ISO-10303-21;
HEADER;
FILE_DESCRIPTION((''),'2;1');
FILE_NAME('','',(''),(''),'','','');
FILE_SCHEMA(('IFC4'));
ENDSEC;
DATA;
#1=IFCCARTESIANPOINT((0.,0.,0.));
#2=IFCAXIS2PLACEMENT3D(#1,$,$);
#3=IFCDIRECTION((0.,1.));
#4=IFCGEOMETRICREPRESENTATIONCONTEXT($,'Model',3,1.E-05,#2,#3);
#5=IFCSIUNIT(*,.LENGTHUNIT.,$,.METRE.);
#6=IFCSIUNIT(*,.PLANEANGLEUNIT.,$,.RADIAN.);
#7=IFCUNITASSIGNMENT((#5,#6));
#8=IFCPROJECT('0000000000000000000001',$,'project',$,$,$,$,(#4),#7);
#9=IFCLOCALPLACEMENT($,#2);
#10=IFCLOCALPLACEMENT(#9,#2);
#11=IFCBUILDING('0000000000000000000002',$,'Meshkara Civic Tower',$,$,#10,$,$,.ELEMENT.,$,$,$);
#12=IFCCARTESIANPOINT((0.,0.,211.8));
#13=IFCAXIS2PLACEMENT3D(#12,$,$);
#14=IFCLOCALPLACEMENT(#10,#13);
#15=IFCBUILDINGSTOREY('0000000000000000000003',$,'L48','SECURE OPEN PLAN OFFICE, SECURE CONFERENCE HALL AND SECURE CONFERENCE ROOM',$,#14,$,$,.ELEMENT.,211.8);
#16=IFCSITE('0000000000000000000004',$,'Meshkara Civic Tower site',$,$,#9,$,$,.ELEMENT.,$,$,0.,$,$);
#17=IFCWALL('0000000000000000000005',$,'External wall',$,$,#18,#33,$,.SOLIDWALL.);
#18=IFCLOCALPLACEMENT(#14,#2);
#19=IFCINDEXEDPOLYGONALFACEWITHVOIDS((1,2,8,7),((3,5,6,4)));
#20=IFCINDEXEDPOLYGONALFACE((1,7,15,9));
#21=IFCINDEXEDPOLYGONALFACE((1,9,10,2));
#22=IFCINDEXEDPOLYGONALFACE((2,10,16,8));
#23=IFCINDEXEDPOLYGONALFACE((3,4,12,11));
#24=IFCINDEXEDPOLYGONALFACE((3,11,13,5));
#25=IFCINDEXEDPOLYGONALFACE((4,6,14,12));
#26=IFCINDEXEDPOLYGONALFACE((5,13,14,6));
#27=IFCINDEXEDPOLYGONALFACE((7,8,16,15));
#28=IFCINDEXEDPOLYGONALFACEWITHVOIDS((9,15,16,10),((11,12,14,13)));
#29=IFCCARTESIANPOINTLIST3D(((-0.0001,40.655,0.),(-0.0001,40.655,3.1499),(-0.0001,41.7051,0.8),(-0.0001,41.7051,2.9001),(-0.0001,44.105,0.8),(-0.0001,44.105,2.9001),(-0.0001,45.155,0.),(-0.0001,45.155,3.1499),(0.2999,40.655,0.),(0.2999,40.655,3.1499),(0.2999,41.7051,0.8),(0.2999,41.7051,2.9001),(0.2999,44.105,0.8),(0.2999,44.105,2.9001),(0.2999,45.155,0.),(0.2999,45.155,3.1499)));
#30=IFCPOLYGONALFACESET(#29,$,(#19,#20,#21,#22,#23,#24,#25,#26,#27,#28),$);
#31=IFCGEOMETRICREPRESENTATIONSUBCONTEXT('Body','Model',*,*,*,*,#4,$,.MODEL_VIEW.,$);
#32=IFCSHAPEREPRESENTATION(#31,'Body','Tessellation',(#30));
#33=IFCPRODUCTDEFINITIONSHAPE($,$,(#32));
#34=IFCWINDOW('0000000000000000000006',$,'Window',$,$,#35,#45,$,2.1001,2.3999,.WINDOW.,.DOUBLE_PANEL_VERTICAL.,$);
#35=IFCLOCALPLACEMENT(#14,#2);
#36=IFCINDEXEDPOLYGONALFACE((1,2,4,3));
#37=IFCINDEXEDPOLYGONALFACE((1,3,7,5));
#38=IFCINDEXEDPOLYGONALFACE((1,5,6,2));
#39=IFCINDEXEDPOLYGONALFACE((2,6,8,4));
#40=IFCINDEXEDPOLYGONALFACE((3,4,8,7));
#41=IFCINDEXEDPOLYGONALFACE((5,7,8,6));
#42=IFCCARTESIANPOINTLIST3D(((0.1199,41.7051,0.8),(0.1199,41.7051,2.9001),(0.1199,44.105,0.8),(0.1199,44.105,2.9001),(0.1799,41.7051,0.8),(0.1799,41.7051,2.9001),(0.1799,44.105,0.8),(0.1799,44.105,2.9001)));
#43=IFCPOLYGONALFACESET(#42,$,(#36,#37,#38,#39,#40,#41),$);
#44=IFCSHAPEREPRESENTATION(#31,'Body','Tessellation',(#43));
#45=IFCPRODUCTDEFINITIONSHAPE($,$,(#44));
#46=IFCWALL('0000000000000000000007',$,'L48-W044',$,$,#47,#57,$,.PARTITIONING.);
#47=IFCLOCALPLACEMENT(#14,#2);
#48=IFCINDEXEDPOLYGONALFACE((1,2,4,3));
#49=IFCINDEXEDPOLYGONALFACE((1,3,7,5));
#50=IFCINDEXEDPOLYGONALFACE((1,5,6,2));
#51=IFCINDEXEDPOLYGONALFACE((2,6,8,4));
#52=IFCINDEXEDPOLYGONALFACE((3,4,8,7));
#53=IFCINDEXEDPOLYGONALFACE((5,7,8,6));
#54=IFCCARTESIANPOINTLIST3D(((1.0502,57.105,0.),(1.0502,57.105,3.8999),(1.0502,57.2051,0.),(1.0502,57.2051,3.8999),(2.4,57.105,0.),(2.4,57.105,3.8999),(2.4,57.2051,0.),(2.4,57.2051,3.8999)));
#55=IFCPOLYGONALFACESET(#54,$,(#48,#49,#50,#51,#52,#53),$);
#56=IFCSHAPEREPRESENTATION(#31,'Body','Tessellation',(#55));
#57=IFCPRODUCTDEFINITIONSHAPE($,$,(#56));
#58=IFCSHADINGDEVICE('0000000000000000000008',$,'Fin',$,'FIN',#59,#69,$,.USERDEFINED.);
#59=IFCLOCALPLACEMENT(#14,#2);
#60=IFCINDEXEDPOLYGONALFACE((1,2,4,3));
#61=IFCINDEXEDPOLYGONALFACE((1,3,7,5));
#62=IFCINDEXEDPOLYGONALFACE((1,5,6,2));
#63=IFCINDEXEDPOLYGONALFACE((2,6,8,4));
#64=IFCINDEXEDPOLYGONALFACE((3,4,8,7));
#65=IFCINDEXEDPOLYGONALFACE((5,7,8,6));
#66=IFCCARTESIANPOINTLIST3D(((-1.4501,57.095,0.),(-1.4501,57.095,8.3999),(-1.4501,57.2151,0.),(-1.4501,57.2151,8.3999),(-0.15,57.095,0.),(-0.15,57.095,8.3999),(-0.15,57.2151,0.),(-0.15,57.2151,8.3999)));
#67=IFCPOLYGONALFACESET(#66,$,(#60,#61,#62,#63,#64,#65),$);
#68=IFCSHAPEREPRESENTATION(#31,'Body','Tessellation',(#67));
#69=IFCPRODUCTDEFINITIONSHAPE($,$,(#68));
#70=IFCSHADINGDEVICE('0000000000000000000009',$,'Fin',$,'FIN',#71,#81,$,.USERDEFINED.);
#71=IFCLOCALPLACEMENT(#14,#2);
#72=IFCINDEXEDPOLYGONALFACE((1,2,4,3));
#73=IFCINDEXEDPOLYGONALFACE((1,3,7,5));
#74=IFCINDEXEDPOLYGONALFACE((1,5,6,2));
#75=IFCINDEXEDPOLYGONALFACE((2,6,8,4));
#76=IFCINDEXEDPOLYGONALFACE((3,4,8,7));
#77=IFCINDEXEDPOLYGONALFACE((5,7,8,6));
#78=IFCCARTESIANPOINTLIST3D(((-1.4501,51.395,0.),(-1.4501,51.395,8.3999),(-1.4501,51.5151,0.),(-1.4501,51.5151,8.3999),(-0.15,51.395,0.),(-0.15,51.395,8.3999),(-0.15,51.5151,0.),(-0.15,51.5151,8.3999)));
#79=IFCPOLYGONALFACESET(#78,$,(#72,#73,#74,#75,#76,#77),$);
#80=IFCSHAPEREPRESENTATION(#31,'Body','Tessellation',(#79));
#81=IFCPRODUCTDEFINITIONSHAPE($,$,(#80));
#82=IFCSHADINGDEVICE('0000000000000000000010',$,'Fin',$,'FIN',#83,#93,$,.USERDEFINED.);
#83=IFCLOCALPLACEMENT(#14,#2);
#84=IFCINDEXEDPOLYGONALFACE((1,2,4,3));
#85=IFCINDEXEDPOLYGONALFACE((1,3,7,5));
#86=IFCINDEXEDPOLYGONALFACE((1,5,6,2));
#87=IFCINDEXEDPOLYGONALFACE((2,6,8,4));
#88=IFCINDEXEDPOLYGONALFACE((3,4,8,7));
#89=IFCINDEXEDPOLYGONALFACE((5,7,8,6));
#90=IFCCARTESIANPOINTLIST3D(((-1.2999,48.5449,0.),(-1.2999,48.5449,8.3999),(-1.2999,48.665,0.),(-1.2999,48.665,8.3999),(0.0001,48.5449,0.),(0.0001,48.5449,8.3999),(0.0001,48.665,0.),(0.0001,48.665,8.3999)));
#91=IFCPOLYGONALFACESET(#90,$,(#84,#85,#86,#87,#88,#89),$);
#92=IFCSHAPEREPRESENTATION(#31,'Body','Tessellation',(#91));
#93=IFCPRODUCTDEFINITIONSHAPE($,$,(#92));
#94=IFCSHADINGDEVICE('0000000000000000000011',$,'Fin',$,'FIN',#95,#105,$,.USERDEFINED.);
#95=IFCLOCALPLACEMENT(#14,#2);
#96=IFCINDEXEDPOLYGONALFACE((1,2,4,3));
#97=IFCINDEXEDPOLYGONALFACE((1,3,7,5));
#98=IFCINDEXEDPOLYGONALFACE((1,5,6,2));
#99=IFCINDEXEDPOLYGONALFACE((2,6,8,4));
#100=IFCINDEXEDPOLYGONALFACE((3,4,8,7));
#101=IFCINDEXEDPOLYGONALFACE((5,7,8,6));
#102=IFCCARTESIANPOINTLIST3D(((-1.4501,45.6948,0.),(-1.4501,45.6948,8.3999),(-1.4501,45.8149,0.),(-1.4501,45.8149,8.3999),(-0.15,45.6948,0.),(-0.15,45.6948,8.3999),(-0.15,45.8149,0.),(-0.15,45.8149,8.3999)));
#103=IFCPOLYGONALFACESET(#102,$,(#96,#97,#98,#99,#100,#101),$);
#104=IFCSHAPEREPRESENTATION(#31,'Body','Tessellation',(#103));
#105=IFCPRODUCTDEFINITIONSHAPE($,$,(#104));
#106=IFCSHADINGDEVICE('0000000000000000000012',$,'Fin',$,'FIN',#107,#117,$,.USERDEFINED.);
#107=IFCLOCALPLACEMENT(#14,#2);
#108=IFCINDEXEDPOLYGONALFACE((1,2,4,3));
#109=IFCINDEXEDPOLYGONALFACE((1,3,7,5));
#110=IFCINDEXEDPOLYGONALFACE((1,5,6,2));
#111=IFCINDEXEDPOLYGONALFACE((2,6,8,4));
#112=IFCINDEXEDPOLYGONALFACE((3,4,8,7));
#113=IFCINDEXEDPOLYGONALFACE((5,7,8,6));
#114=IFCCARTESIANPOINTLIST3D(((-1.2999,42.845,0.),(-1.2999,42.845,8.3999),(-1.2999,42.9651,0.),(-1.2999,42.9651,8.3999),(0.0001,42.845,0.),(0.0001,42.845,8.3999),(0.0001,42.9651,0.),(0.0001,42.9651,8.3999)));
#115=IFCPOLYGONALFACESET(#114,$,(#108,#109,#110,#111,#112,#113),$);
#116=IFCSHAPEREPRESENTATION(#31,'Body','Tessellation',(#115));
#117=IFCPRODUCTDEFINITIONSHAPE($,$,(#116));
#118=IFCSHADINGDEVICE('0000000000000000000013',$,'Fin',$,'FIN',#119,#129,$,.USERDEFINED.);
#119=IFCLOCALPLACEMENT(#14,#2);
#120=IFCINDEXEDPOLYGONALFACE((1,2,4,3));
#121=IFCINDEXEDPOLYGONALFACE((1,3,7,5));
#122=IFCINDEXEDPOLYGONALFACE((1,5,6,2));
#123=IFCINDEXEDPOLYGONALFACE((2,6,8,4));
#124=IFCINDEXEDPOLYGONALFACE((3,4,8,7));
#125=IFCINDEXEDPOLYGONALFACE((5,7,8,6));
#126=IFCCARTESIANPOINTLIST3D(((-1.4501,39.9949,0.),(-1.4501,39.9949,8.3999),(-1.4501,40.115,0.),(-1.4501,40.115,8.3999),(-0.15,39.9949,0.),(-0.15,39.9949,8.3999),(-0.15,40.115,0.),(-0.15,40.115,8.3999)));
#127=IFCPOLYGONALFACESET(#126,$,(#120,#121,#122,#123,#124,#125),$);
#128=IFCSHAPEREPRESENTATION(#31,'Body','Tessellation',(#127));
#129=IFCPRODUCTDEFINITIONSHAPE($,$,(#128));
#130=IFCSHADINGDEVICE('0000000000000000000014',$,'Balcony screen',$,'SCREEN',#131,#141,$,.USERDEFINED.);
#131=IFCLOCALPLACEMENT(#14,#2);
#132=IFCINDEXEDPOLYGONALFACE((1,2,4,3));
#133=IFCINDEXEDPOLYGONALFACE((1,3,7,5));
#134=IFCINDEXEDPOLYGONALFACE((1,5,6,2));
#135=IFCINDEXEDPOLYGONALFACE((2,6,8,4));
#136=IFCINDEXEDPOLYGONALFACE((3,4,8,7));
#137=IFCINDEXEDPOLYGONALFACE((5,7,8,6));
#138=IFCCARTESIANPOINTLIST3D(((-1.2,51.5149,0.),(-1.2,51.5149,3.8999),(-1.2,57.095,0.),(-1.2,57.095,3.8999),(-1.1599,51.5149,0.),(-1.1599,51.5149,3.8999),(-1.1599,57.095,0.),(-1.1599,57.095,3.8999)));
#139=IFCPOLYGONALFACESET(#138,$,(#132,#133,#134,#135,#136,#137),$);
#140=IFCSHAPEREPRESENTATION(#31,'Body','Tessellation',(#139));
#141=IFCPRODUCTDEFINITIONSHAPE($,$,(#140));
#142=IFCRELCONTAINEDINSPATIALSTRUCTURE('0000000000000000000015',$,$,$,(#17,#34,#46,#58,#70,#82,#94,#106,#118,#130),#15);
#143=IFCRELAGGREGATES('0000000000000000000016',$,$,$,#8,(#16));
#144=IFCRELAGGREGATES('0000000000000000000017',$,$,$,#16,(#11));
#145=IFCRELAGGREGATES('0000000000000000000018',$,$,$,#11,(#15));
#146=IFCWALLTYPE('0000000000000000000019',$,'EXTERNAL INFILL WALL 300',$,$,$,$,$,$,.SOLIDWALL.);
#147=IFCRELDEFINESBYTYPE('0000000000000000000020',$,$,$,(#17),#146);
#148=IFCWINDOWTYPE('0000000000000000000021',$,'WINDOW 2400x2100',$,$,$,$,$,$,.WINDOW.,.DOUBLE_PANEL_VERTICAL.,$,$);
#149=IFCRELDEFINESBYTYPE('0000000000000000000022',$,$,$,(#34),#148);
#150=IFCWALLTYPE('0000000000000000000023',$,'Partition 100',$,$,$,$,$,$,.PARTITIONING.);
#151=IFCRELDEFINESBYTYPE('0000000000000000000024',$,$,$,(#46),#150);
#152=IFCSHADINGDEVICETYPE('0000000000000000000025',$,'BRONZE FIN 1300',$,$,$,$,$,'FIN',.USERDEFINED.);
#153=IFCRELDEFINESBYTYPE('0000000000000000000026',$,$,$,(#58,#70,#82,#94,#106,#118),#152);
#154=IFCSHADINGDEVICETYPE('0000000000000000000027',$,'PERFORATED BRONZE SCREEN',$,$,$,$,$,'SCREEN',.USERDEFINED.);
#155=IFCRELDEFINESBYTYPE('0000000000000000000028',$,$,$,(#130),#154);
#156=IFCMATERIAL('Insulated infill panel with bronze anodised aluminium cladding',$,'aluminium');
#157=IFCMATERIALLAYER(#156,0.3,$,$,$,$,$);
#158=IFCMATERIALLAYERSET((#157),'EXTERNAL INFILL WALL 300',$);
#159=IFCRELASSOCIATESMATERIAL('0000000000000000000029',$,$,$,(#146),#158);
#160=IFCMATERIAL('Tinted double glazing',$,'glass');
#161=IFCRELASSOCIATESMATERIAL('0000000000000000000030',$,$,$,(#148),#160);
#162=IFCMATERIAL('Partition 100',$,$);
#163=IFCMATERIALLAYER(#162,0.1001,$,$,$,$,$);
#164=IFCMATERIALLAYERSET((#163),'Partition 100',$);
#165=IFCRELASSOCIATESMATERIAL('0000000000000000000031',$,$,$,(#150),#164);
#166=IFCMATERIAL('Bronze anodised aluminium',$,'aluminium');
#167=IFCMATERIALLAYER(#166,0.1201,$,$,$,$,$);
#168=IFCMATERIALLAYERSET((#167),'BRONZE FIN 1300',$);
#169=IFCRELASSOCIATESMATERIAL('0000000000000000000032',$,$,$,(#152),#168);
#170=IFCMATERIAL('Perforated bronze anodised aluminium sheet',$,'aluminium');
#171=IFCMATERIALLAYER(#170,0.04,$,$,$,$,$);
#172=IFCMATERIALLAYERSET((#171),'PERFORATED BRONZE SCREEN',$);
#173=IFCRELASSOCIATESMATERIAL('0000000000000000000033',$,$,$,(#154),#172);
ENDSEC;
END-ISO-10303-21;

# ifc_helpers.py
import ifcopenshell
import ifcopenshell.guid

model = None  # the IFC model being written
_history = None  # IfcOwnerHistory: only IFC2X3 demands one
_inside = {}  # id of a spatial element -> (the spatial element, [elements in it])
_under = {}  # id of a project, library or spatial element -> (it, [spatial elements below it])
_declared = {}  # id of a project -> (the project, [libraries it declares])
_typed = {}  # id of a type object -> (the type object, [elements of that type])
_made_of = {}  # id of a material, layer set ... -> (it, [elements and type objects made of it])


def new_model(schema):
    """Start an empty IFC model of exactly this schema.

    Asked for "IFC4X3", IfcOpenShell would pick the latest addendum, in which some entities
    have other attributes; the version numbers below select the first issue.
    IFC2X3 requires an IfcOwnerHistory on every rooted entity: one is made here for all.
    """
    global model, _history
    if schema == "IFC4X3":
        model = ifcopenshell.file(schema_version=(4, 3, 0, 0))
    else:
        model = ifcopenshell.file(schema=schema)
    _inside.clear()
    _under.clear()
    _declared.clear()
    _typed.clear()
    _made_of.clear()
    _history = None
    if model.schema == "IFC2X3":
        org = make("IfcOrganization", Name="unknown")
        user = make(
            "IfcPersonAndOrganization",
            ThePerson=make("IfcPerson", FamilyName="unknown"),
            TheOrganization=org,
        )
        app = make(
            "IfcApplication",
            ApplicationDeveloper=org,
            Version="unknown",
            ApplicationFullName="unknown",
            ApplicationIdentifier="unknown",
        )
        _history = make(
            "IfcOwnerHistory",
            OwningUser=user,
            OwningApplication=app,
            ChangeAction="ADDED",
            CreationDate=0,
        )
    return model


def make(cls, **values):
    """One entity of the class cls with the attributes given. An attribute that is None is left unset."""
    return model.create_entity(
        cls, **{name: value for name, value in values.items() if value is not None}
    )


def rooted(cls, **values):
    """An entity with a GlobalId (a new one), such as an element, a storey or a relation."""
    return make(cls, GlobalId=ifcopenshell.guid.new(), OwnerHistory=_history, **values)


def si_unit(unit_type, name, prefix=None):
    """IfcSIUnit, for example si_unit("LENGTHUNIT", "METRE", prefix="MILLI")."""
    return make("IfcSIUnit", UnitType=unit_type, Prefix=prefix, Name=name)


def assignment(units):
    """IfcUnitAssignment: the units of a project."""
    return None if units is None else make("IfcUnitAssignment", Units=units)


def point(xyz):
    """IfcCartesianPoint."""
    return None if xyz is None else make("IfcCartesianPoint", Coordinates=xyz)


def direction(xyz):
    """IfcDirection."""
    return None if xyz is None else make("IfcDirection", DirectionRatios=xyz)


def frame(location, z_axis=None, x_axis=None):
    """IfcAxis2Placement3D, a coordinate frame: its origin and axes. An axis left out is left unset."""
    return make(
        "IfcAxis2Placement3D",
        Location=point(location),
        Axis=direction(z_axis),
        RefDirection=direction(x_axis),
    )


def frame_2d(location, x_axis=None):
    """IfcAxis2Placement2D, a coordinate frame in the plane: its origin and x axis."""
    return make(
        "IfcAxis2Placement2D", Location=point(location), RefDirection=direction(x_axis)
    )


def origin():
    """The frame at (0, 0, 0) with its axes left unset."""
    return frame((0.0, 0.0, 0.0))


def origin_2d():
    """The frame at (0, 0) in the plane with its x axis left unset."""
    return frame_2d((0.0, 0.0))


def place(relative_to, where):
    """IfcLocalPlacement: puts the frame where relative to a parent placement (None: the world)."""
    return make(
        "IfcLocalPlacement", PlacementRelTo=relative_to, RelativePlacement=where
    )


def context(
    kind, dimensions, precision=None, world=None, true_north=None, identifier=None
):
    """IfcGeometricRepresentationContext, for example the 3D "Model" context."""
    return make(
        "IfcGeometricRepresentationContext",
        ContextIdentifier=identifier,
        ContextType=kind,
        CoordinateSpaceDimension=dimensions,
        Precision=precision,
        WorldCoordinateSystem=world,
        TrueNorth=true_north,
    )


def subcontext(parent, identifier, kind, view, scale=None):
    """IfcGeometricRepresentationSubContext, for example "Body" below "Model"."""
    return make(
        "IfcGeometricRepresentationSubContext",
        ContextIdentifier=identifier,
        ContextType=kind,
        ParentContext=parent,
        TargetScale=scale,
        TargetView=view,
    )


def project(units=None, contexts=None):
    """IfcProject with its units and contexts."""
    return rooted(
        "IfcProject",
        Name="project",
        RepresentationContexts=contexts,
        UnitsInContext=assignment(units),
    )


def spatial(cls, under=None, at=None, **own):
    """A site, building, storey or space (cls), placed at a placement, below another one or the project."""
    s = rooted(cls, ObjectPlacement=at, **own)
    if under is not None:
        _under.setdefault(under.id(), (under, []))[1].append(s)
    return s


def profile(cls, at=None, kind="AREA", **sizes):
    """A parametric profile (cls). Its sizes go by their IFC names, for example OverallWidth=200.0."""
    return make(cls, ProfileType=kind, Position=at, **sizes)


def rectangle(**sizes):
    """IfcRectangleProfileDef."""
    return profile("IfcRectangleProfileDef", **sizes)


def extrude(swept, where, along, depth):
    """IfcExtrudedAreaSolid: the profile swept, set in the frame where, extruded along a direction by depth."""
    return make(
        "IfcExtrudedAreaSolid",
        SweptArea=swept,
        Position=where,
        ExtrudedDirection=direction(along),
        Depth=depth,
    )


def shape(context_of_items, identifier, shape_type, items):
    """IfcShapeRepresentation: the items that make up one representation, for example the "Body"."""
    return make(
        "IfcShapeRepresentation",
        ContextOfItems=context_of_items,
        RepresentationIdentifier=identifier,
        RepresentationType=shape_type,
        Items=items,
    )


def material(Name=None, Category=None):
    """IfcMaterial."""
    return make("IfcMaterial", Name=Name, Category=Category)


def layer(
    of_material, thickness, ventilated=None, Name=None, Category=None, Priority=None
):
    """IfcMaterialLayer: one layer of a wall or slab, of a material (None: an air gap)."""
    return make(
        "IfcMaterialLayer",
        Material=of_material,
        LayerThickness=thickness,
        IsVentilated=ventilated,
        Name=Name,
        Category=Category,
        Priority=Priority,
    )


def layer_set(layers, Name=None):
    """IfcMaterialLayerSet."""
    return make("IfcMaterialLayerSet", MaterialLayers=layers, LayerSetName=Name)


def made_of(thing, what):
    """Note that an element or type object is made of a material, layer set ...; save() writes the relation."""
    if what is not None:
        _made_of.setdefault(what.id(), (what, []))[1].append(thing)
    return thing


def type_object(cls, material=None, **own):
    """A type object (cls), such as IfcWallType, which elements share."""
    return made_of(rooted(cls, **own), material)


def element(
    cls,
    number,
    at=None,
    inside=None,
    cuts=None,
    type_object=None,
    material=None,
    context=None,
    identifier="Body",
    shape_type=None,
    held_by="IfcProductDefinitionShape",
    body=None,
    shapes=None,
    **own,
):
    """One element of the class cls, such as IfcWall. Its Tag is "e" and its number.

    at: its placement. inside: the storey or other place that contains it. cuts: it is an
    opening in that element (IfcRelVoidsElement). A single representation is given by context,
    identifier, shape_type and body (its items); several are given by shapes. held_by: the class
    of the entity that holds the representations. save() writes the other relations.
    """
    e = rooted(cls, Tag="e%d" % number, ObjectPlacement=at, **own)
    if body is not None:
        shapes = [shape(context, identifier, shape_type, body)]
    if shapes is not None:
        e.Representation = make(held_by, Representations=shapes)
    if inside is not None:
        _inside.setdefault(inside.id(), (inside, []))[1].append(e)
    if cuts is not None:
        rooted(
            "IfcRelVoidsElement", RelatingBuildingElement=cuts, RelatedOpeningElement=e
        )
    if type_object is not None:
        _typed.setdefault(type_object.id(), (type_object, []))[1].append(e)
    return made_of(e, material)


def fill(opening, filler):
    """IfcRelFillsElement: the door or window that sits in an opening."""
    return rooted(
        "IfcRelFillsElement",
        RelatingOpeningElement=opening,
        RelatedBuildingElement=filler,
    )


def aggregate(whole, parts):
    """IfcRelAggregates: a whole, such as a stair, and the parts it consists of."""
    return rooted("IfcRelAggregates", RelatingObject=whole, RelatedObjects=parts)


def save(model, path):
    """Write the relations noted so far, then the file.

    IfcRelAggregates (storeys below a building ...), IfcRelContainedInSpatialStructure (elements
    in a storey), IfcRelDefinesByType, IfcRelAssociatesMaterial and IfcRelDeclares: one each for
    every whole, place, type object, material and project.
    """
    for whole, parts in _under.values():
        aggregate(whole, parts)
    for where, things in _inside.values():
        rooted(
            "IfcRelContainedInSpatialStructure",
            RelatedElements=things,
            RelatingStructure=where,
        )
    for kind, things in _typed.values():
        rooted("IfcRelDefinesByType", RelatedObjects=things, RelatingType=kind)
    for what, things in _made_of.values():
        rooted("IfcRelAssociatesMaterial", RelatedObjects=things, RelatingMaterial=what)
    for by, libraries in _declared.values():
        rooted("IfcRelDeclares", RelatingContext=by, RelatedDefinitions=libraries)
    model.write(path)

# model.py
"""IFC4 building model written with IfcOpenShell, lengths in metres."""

from ifc_helpers import new_model, si_unit, direction, frame, frame_2d, origin, origin_2d, place, context, subcontext, project, spatial, rectangle, extrude, material, layer, layer_set, type_object, element, fill, save


model = new_model("IFC4")

# Units and contexts
model_context = context("Model", 3, precision=1e-05, world=origin(), true_north=direction((0.0, 1.0)))
body_context = subcontext(model_context, "Body", "Model", "MODEL_VIEW")
ifc_project = project(units=[si_unit("LENGTHUNIT", "METRE"), si_unit("PLANEANGLEUNIT", "RADIAN")], contexts=[model_context])

# Site, building, storey
site_placement = place(None, origin())
site = spatial("IfcSite", under=ifc_project, at=site_placement, Name="Meshkara Civic Tower site", CompositionType="ELEMENT", RefElevation=0.0)
building_placement = place(site_placement, origin())
building = spatial("IfcBuilding", under=site, at=building_placement, Name="Meshkara Civic Tower", CompositionType="ELEMENT")
storey_placement = place(building_placement, frame((0.0, 0.0, 211.8)))
storey = spatial("IfcBuildingStorey", under=building, at=storey_placement, Name="L48", Description="SECURE OPEN PLAN OFFICE, SECURE CONFERENCE HALL AND SECURE CONFERENCE ROOM", CompositionType="ELEMENT", Elevation=211.8)

# Wall, opening, window
ifc_material_1 = material(Name="Insulated infill panel with bronze anodised aluminium cladding", Category="aluminium")
ifc_layer_1 = layer(ifc_material_1, 0.3)
ifc_layer_set_1 = layer_set([ifc_layer_1], Name="EXTERNAL INFILL WALL 300")
wall_type_1 = type_object("IfcWallType", Name="EXTERNAL INFILL WALL 300", PredefinedType="SOLIDWALL", material=ifc_layer_set_1)
ifc_material_2 = material(Name="Tinted double glazing", Category="glass")
window_type = type_object("IfcWindowType", Name="WINDOW 2400x2100", PartitioningType="DOUBLE_PANEL_VERTICAL", PredefinedType="WINDOW", material=ifc_material_2)
wall_1_placement = place(storey_placement, frame((0.1499, 45.155, 0.0), z_axis=(0.0, 0.0, 1.0), x_axis=(0.0, -1.0, 0.0)))
wall_1 = element("IfcWall", 1, at=wall_1_placement, inside=storey, type_object=wall_type_1, Name="External wall", PredefinedType="SOLIDWALL", context=body_context, shape_type="SweptSolid", body=[
    extrude(rectangle(XDim=4.5, YDim=0.3, at=frame_2d((2.25, 0.0))), origin(), (0.0, 0.0, 1.0), 3.1499),
])
opening_1_placement = place(wall_1_placement, frame((1.05, 0.0, 0.8)))
opening_1 = element("IfcOpeningElement", 2, at=opening_1_placement, cuts=wall_1, PredefinedType="OPENING", context=body_context, shape_type="SweptSolid", body=[
    extrude(rectangle(XDim=2.3999, YDim=2.1001, at=frame_2d((1.2, 1.05))), frame((0.0, 0.1599, 0.0), z_axis=(0.0, -1.0, 0.0), x_axis=(1.0, 0.0, 0.0)), (0.0, 0.0, 1.0), 0.3201),
])
window_1_placement = place(opening_1_placement, origin())
window_1 = element("IfcWindow", 3, at=window_1_placement, inside=storey, type_object=window_type, Name="Window", OverallHeight=2.1001, OverallWidth=2.3999, PartitioningType="DOUBLE_PANEL_VERTICAL", PredefinedType="WINDOW", context=body_context, shape_type="SweptSolid", body=[
    extrude(rectangle(XDim=2.3999, YDim=2.1001, at=frame_2d((1.2, 1.05))), frame((0.0, 0.03, 0.0), z_axis=(0.0, -1.0, 0.0), x_axis=(1.0, 0.0, 0.0)), (0.0, 0.0, 1.0), 0.0601),
])
fill(opening_1, window_1)

# Wall
ifc_material_3 = material(Name="Partition 100")
ifc_layer_2 = layer(ifc_material_3, 0.1001)
ifc_layer_set_2 = layer_set([ifc_layer_2], Name="Partition 100")
wall_type_2 = type_object("IfcWallType", Name="Partition 100", PredefinedType="PARTITIONING", material=ifc_layer_set_2)
wall_2_placement = place(storey_placement, frame((2.3999, 57.155, 0.0), z_axis=(0.0, 0.0, 1.0), x_axis=(-1.0, 0.0, 0.0)))
element("IfcWall", 4, at=wall_2_placement, inside=storey, type_object=wall_type_2, Name="L48-W044", PredefinedType="PARTITIONING", context=body_context, shape_type="SweptSolid", body=[
    extrude(rectangle(XDim=1.3499, YDim=0.1001, at=frame_2d((0.6748, 0.0))), origin(), (0.0, 0.0, 1.0), 3.8999),
])

# Shading devices
ifc_material_4 = material(Name="Bronze anodised aluminium", Category="aluminium")
ifc_layer_3 = layer(ifc_material_4, 0.1201)
ifc_layer_set_3 = layer_set([ifc_layer_3], Name="BRONZE FIN 1300")
shading_device_type_1 = type_object("IfcShadingDeviceType", Name="BRONZE FIN 1300", ElementType="FIN", PredefinedType="USERDEFINED", material=ifc_layer_set_3)
for number, where, z_axis, x_axis, name in (
    (5, (-0.8, 57.155, 0.0), (0.0, 0.0, 1.0), (0.0, -1.0, 0.0), "Fin"),
    (6, (-0.8, 51.4551, 0.0), (0.0, 0.0, 1.0), (0.0, -1.0, 0.0), "Fin"),
    (7, (-0.6499, 48.605, 0.0), (0.0, 0.0, 1.0), (0.0, -1.0, 0.0), "Fin"),
    (8, (-0.8, 45.7549, 0.0), (0.0, 0.0, 1.0), (0.0, -1.0, 0.0), "Fin"),
    (9, (-0.6499, 42.905, 0.0), (0.0, 0.0, 1.0), (0.0, -1.0, 0.0), "Fin"),
    (10, (-0.8, 40.0549, 0.0), (0.0, 0.0, 1.0), (0.0, -1.0, 0.0), "Fin"),
):
    element("IfcShadingDevice", number, at=place(storey_placement, frame(where, z_axis=z_axis, x_axis=x_axis)), inside=storey, type_object=shading_device_type_1, Name=name, ObjectType="FIN", PredefinedType="USERDEFINED", context=body_context, shape_type="SweptSolid", body=[
        extrude(rectangle(XDim=0.1201, YDim=1.3, at=origin_2d()), origin(), (0.0, 0.0, 1.0), 8.3999),
    ])
ifc_material_5 = material(Name="Perforated bronze anodised aluminium sheet", Category="aluminium")
ifc_layer_4 = layer(ifc_material_5, 0.04)
ifc_layer_set_4 = layer_set([ifc_layer_4], Name="PERFORATED BRONZE SCREEN")
shading_device_type_2 = type_object("IfcShadingDeviceType", Name="PERFORATED BRONZE SCREEN", ElementType="SCREEN", PredefinedType="USERDEFINED", material=ifc_layer_set_4)
shading_device_placement = place(storey_placement, frame((-1.1799, 54.3049, 0.0), z_axis=(0.0, 0.0, 1.0), x_axis=(0.0, -1.0, 0.0)))
element("IfcShadingDevice", 11, at=shading_device_placement, inside=storey, type_object=shading_device_type_2, Name="Balcony screen", ObjectType="SCREEN", PredefinedType="USERDEFINED", context=body_context, shape_type="SweptSolid", body=[
    extrude(rectangle(XDim=5.5801, YDim=0.04, at=origin_2d()), origin(), (0.0, 0.0, 1.0), 3.8999),
])

save(model, "model.ifc")
